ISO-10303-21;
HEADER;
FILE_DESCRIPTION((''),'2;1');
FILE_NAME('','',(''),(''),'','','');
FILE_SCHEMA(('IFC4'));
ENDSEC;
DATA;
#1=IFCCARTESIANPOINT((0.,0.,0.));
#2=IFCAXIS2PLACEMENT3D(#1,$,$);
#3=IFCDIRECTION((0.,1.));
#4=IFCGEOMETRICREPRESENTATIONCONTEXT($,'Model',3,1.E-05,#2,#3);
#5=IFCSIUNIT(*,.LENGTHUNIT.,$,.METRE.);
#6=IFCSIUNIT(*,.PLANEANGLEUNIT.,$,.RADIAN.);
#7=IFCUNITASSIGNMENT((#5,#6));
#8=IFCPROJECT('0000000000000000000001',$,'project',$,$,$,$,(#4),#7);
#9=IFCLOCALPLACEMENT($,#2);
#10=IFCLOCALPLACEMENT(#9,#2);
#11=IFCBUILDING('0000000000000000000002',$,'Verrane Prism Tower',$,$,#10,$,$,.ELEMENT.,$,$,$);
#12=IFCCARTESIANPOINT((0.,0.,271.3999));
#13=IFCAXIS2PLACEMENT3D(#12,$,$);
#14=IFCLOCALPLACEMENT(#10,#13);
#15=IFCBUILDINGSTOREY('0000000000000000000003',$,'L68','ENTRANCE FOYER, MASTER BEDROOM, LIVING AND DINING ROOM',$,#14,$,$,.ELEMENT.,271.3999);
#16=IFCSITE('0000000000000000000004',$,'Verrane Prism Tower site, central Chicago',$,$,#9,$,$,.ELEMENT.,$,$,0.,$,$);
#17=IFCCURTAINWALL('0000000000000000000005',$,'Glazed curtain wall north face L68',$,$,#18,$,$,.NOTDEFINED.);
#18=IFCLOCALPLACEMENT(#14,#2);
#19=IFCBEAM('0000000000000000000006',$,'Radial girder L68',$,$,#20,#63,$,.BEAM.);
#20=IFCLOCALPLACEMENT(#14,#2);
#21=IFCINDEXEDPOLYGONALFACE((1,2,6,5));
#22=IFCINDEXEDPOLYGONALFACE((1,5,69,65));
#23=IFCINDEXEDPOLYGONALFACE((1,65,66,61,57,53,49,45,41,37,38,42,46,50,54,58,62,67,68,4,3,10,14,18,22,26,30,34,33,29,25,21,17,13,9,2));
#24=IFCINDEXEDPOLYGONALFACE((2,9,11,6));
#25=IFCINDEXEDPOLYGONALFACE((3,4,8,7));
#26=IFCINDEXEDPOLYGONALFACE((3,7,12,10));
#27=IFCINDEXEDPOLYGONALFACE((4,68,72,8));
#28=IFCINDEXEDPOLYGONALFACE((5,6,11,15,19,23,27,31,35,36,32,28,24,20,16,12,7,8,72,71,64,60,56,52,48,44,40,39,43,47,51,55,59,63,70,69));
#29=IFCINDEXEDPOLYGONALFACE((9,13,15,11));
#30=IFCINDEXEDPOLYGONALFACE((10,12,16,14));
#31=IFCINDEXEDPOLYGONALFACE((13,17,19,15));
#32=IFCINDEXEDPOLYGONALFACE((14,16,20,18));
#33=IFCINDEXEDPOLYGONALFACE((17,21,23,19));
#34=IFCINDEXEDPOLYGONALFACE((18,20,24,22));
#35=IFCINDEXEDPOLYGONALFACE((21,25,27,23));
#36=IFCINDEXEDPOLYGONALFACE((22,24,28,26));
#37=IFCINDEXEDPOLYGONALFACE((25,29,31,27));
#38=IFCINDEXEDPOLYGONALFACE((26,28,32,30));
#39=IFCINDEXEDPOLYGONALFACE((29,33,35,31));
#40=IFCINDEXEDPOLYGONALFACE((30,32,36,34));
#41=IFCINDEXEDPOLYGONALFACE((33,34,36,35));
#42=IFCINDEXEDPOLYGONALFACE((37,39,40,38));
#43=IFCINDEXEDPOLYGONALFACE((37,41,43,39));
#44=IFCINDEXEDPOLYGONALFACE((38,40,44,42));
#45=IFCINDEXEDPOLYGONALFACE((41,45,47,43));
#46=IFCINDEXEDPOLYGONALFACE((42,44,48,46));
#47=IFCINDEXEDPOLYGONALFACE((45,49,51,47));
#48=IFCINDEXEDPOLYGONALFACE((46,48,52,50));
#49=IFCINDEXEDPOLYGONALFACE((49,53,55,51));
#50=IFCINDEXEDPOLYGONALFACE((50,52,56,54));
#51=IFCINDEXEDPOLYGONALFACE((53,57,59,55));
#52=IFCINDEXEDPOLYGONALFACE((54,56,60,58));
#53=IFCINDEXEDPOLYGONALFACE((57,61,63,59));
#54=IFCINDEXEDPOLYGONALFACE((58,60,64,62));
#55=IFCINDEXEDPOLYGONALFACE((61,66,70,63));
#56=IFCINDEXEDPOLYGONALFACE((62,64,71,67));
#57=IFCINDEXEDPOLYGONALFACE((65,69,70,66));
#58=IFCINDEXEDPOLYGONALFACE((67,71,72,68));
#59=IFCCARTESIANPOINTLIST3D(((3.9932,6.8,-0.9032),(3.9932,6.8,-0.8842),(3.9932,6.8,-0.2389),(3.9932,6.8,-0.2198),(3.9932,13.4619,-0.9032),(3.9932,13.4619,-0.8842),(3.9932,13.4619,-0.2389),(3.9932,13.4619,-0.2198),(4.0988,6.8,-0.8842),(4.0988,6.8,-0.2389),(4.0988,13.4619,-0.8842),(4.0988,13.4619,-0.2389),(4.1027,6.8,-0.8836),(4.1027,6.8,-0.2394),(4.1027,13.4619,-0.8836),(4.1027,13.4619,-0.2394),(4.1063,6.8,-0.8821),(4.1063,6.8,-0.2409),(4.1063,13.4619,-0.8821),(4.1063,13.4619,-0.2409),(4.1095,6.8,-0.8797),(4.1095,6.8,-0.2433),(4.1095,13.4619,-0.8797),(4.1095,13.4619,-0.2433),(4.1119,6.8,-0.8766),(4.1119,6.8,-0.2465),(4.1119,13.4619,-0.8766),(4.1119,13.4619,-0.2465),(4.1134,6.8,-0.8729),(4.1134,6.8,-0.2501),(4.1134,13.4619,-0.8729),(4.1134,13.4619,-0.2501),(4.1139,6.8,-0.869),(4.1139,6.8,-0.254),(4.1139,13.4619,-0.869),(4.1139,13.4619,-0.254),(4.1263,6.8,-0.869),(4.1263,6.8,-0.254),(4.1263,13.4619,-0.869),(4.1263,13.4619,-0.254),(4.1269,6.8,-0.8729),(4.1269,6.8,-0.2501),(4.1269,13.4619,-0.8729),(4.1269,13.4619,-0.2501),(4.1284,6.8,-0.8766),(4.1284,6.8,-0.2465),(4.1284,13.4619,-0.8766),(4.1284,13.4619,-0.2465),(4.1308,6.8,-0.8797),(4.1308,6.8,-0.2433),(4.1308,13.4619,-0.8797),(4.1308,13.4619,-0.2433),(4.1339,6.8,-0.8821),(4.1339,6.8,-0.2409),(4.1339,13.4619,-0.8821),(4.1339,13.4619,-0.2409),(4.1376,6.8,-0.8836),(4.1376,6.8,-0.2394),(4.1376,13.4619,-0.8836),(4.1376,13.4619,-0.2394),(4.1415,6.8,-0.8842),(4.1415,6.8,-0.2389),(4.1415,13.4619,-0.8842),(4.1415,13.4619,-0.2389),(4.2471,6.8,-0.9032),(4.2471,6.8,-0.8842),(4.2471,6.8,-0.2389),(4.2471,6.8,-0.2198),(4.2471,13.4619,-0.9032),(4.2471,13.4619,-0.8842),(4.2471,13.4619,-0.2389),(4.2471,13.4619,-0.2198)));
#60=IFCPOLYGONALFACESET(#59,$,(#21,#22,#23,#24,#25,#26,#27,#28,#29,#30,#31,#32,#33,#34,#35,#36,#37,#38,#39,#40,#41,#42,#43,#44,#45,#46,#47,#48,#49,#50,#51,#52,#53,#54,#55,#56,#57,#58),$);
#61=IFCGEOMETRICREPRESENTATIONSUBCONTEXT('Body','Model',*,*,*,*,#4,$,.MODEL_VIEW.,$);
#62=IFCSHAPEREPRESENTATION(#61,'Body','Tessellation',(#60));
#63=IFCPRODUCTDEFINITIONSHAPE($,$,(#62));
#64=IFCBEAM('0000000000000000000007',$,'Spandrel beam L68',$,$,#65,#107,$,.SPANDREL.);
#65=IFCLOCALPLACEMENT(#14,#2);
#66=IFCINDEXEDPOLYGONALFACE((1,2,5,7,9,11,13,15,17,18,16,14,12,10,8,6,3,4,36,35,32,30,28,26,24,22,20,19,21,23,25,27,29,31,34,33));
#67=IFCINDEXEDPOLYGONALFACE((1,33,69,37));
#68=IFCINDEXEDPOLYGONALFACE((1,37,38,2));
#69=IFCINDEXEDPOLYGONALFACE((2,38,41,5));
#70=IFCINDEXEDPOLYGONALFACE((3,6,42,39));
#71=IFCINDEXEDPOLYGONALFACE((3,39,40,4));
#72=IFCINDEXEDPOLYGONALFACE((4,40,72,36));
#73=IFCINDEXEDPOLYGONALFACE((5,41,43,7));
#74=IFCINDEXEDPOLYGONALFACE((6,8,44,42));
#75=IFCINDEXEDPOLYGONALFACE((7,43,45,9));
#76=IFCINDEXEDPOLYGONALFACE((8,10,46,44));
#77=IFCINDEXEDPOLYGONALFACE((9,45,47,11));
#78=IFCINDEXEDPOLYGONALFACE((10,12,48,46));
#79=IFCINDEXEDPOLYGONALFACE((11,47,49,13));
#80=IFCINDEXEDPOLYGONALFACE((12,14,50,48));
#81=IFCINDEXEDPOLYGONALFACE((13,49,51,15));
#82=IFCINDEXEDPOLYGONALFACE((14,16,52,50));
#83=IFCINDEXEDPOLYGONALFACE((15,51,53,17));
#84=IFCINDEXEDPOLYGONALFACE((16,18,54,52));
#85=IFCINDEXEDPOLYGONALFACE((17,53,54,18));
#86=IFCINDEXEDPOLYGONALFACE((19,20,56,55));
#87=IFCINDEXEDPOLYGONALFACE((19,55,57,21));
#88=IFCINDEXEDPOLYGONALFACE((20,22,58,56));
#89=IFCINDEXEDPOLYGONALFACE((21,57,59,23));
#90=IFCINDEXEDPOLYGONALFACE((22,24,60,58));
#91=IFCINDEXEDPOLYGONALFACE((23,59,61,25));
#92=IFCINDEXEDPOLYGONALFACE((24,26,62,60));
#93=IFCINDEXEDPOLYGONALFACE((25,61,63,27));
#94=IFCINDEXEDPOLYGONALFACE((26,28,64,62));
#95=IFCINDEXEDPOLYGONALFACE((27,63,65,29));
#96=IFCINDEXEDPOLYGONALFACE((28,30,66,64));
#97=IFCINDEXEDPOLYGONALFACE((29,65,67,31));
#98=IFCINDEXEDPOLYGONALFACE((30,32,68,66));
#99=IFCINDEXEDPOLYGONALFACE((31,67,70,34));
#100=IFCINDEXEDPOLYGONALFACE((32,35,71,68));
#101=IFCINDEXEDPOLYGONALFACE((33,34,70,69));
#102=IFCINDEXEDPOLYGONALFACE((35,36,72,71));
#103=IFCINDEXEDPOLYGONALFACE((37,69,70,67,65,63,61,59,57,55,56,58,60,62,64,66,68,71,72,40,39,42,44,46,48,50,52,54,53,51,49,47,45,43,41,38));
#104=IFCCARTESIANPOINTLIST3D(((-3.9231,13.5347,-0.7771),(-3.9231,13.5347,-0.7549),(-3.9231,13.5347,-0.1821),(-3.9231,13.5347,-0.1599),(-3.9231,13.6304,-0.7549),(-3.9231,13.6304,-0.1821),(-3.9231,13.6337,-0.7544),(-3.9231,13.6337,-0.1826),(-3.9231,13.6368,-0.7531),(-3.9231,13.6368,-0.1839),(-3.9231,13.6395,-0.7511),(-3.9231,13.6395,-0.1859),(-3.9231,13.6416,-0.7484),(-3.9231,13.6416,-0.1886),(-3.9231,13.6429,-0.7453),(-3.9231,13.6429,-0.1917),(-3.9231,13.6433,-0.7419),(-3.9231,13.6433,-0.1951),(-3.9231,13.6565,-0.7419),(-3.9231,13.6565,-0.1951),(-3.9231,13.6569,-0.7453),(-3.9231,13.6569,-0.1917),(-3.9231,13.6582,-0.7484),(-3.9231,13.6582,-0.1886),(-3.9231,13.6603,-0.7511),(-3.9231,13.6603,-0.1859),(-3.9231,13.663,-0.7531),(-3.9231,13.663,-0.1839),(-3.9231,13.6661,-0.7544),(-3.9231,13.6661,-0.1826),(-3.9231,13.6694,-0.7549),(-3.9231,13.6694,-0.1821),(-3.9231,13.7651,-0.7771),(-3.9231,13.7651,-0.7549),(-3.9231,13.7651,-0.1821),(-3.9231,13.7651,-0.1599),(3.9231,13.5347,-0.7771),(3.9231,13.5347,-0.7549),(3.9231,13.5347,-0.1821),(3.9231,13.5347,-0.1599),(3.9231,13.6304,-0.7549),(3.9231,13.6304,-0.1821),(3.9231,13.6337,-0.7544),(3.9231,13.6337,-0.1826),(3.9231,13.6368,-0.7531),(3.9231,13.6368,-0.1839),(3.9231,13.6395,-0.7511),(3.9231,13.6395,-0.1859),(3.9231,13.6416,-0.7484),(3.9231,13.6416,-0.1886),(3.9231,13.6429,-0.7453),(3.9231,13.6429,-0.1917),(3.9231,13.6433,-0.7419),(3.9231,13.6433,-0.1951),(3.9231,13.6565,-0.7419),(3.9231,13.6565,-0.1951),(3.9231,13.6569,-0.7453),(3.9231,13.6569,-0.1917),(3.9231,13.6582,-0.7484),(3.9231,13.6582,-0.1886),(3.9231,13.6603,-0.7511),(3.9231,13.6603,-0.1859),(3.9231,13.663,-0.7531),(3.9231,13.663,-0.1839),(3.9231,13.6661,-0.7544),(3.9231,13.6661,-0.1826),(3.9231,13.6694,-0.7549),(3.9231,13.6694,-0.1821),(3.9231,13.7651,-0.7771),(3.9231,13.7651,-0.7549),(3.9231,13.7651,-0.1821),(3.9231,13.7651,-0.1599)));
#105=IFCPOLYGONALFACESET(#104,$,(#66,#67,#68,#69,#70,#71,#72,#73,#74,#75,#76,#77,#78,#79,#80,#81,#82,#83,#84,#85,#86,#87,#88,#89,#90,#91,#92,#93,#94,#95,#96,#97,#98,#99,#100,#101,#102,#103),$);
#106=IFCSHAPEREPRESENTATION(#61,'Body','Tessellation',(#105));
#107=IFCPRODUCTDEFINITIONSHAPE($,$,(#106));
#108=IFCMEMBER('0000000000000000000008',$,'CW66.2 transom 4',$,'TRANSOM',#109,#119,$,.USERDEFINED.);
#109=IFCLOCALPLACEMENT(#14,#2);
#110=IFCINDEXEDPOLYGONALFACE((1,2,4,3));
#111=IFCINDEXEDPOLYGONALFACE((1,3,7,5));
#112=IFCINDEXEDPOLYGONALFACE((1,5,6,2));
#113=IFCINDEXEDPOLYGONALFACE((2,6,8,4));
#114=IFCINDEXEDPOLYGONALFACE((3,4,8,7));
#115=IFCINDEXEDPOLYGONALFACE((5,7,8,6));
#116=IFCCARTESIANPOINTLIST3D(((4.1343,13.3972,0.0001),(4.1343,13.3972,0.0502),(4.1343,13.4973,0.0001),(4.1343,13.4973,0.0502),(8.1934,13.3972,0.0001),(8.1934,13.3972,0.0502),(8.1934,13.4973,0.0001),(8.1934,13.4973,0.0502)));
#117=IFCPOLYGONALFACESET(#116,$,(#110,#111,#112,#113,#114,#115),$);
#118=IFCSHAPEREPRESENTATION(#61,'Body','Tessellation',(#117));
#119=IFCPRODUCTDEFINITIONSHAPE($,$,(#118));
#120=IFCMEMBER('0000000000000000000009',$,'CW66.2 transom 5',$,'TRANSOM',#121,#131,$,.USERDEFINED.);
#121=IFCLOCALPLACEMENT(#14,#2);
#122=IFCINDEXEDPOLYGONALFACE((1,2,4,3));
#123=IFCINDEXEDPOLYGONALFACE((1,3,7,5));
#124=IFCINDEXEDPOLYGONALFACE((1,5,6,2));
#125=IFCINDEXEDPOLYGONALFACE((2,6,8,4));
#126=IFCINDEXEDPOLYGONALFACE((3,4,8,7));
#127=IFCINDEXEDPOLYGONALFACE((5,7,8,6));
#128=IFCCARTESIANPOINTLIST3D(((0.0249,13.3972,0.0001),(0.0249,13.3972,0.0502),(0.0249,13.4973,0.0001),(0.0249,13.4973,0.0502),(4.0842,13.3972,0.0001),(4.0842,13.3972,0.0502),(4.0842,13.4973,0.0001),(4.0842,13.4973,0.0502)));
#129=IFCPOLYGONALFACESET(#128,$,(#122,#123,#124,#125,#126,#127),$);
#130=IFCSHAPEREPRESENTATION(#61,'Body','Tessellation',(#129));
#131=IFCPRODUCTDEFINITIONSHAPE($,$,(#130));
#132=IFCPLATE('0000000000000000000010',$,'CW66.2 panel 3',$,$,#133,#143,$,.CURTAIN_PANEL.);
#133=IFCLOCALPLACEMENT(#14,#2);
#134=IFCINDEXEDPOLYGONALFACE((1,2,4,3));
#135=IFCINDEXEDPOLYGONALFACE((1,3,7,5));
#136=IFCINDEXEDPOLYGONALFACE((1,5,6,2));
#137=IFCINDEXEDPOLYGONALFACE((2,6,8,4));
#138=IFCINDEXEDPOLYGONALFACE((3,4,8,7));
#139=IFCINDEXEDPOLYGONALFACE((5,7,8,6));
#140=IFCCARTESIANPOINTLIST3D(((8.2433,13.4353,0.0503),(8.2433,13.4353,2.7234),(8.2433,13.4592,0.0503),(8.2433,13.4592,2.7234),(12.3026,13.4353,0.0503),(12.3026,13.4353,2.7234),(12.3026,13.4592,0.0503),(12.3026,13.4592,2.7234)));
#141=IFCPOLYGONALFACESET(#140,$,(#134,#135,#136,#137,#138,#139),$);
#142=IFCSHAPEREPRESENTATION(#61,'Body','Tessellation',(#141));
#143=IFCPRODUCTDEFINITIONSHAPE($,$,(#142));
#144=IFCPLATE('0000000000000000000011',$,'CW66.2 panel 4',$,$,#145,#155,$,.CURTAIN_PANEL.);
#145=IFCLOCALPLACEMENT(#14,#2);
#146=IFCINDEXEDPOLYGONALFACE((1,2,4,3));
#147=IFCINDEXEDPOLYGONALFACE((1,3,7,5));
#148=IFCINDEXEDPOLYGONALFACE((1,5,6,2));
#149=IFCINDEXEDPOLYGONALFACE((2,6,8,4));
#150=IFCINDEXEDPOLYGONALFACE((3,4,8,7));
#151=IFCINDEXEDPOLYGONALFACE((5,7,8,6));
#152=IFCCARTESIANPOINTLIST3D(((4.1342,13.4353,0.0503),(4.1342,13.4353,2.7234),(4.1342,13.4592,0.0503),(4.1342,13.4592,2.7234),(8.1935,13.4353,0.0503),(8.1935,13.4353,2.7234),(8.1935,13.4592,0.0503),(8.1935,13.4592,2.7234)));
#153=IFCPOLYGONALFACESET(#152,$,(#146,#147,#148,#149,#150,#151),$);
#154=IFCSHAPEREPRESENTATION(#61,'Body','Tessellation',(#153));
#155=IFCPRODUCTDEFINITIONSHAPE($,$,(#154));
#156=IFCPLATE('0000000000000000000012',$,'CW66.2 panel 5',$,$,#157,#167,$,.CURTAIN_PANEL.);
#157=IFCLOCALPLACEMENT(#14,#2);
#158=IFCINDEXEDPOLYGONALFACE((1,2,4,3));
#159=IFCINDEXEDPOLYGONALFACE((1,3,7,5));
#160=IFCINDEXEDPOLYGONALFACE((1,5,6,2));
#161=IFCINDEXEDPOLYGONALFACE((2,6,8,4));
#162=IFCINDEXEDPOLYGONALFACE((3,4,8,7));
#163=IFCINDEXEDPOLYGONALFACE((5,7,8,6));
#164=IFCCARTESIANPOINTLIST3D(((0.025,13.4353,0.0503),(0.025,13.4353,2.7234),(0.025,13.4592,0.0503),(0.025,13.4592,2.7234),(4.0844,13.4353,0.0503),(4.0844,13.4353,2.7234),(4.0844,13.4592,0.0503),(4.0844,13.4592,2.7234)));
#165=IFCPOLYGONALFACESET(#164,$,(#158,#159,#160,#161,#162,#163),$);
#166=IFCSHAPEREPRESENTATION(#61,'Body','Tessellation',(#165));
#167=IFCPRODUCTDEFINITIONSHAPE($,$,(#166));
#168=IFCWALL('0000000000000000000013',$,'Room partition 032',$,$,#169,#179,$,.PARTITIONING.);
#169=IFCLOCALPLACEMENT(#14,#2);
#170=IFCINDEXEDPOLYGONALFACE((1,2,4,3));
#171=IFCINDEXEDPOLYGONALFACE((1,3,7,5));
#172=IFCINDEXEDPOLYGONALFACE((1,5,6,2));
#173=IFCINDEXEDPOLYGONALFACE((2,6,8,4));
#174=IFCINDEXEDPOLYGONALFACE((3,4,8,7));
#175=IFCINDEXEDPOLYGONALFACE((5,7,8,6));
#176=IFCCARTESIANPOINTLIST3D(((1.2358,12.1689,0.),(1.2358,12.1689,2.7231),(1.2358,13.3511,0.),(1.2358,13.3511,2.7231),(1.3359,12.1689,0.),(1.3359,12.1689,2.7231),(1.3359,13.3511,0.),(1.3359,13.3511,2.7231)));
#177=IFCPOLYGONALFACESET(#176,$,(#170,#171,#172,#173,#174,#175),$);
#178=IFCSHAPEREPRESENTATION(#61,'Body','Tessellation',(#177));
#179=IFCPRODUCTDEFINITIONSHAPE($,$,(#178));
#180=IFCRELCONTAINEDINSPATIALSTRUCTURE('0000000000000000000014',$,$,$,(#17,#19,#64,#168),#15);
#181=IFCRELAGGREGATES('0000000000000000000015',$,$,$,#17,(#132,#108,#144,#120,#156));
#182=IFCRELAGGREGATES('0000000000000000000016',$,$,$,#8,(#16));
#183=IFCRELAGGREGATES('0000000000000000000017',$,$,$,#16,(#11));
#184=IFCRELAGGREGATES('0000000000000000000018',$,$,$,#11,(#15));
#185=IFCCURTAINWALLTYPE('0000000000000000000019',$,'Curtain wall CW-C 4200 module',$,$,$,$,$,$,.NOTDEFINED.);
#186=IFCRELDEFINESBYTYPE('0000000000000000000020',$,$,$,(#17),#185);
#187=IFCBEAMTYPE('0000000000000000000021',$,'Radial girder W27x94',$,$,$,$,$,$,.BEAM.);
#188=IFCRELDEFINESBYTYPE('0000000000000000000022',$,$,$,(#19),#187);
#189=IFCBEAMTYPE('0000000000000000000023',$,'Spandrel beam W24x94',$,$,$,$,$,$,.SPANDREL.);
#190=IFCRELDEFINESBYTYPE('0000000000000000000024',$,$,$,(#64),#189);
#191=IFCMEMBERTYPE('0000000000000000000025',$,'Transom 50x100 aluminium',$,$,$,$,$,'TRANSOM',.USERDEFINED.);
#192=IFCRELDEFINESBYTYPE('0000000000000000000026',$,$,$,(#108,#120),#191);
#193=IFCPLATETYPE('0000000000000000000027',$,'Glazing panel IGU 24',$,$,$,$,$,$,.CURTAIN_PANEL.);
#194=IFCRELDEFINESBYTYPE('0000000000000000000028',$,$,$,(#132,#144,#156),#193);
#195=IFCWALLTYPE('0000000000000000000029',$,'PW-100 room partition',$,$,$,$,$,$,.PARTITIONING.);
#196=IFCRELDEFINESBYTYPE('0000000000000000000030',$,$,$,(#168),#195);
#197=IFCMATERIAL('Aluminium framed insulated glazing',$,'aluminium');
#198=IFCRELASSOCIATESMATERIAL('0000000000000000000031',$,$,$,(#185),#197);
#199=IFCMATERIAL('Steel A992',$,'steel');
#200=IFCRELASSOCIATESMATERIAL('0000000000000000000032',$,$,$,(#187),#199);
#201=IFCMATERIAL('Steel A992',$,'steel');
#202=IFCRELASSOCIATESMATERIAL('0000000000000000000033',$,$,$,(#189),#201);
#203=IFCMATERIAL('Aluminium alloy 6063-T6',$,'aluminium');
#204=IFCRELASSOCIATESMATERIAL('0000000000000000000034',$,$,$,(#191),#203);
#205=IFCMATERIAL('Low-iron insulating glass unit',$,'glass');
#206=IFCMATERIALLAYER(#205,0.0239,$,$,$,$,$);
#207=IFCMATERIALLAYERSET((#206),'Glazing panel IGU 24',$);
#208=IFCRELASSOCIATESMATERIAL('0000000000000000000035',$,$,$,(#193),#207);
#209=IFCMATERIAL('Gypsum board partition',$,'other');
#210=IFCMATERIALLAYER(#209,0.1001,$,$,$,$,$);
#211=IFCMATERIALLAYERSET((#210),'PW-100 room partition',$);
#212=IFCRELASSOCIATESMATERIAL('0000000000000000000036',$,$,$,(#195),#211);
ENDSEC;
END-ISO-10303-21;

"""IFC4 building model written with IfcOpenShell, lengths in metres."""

from ifc_helpers import new_model, si_unit, direction, frame, frame_2d, origin, origin_2d, place, context, subcontext, project, spatial, rectangle, i_section, extrude, material, layer, layer_set, material_profile, profile_set, type_object, element, aggregate, save


model = new_model("IFC4")

# Units and contexts
model_context = context("Model", 3, precision=1e-05, world=origin(), true_north=direction((0.0, 1.0)))
body_context = subcontext(model_context, "Body", "Model", "MODEL_VIEW")
ifc_project = project(units=[si_unit("LENGTHUNIT", "METRE"), si_unit("PLANEANGLEUNIT", "RADIAN")], contexts=[model_context])

# Site, building, storey
site_placement = place(None, origin())
site = spatial("IfcSite", under=ifc_project, at=site_placement, Name="Verrane Prism Tower site, central Chicago", CompositionType="ELEMENT", RefElevation=0.0)
building_placement = place(site_placement, origin())
building = spatial("IfcBuilding", under=site, at=building_placement, Name="Verrane Prism Tower", CompositionType="ELEMENT")
storey_placement = place(building_placement, frame((0.0, 0.0, 271.3999)))
storey = spatial("IfcBuildingStorey", under=building, at=storey_placement, Name="L68", Description="ENTRANCE FOYER, MASTER BEDROOM, LIVING AND DINING ROOM", CompositionType="ELEMENT", Elevation=271.3999)

# Curtain wall
ifc_material_1 = material(Name="Aluminium framed insulated glazing", Category="aluminium")
curtain_wall_type = type_object("IfcCurtainWallType", Name="Curtain wall CW-C 4200 module", PredefinedType="NOTDEFINED", material=ifc_material_1)
curtain_wall_placement = place(storey_placement, origin())
curtain_wall = element("IfcCurtainWall", 1, at=curtain_wall_placement, inside=storey, type_object=curtain_wall_type, Name="Glazed curtain wall north face L68", PredefinedType="NOTDEFINED")

# Beams
ifc_material_2 = material(Name="Steel A992", Category="steel")
ifc_material_profile_1 = material_profile(ifc_material_2, i_section(OverallWidth=0.2539, OverallDepth=0.6833, WebThickness=0.0125, FlangeThickness=0.019, FilletRadius=0.0151, at=origin_2d()), Name="W27x94")
ifc_profile_set_1 = profile_set([ifc_material_profile_1], Name="Steel A992")
beam_type_1 = type_object("IfcBeamType", Name="Radial girder W27x94", PredefinedType="BEAM", material=ifc_profile_set_1)
beam_1_placement = place(storey_placement, frame((4.1201, 13.4619, -0.5615), z_axis=(0.0, -1.0, 0.0), x_axis=(1.0, 0.0, 0.0)))
element("IfcBeam", 2, at=beam_1_placement, inside=storey, type_object=beam_type_1, Name="Radial girder L68", PredefinedType="BEAM", context=body_context, shape_type="SweptSolid", body=[
    extrude(i_section(OverallWidth=0.2539, OverallDepth=0.6833, WebThickness=0.0125, FlangeThickness=0.019, FilletRadius=0.0151, at=origin_2d()), origin(), (0.0, 0.0, 1.0), 6.6619),
])
ifc_material_3 = material(Name="Steel A992", Category="steel")
ifc_material_profile_2 = material_profile(ifc_material_3, i_section(OverallWidth=0.2305, OverallDepth=0.6172, WebThickness=0.0132, FlangeThickness=0.0222, FilletRadius=0.0129, at=origin_2d()), Name="W24x94")
ifc_profile_set_2 = profile_set([ifc_material_profile_2], Name="Steel A992")
beam_type_2 = type_object("IfcBeamType", Name="Spandrel beam W24x94", PredefinedType="SPANDREL", material=ifc_profile_set_2)
beam_2_placement = place(storey_placement, frame((3.9231, 13.6499, -0.4685), z_axis=(-1.0, 0.0, 0.0), x_axis=(0.0, -1.0, 0.0)))
element("IfcBeam", 3, at=beam_2_placement, inside=storey, type_object=beam_type_2, Name="Spandrel beam L68", PredefinedType="SPANDREL", context=body_context, shape_type="SweptSolid", body=[
    extrude(i_section(OverallWidth=0.2305, OverallDepth=0.6172, WebThickness=0.0132, FlangeThickness=0.0222, FilletRadius=0.0129, at=origin_2d()), origin(), (0.0, 0.0, 1.0), 7.8462),
])

# Members
ifc_material_4 = material(Name="Aluminium alloy 6063-T6", Category="aluminium")
ifc_material_profile_3 = material_profile(ifc_material_4, rectangle(XDim=0.1001, YDim=0.05, at=origin_2d()), Name="Transom 50x100 aluminium")
ifc_profile_set_3 = profile_set([ifc_material_profile_3], Name="Aluminium alloy 6063-T6")
member_type_1 = type_object("IfcMemberType", Name="Transom 50x100 aluminium", ElementType="TRANSOM", PredefinedType="USERDEFINED", material=ifc_profile_set_3)
member_1_placement = place(storey_placement, frame((8.1934, 13.4473, 0.0251), z_axis=(-1.0, 0.0, 0.0), x_axis=(0.0, -1.0, 0.0)))
member_1 = element("IfcMember", 4, at=member_1_placement, type_object=member_type_1, Name="CW66.2 transom 4", ObjectType="TRANSOM", PredefinedType="USERDEFINED", context=body_context, shape_type="SweptSolid", body=[
    extrude(rectangle(XDim=0.1001, YDim=0.05, at=origin_2d()), origin(), (0.0, 0.0, 1.0), 4.0591),
])
member_2_placement = place(storey_placement, frame((4.0842, 13.4473, 0.0251), z_axis=(-1.0, 0.0, 0.0), x_axis=(0.0, -1.0, 0.0)))
member_2 = element("IfcMember", 5, at=member_2_placement, type_object=member_type_1, Name="CW66.2 transom 5", ObjectType="TRANSOM", PredefinedType="USERDEFINED", context=body_context, shape_type="SweptSolid", body=[
    extrude(rectangle(XDim=0.1001, YDim=0.05, at=origin_2d()), origin(), (0.0, 0.0, 1.0), 4.0593),
])

# Plates
ifc_material_5 = material(Name="Low-iron insulating glass unit", Category="glass")
ifc_layer_1 = layer(ifc_material_5, 0.0239)
ifc_layer_set_1 = layer_set([ifc_layer_1], Name="Glazing panel IGU 24")
plate_type = type_object("IfcPlateType", Name="Glazing panel IGU 24", PredefinedType="CURTAIN_PANEL", material=ifc_layer_set_1)
plate_1_placement = place(storey_placement, frame((10.2729, 13.4473, 0.0503), z_axis=(0.0, 0.0, 1.0), x_axis=(-1.0, 0.0, 0.0)))
plate_1 = element("IfcPlate", 6, at=plate_1_placement, type_object=plate_type, Name="CW66.2 panel 3", PredefinedType="CURTAIN_PANEL", context=body_context, shape_type="SweptSolid", body=[
    extrude(rectangle(XDim=4.0593, YDim=0.0239, at=origin_2d()), origin(), (0.0, 0.0, 1.0), 2.6731),
])
plate_2_placement = place(storey_placement, frame((6.1638, 13.4473, 0.0503), z_axis=(0.0, 0.0, 1.0), x_axis=(-1.0, 0.0, 0.0)))
plate_2 = element("IfcPlate", 7, at=plate_2_placement, type_object=plate_type, Name="CW66.2 panel 4", PredefinedType="CURTAIN_PANEL", context=body_context, shape_type="SweptSolid", body=[
    extrude(rectangle(XDim=4.0593, YDim=0.0239, at=origin_2d()), origin(), (0.0, 0.0, 1.0), 2.6731),
])
plate_3_placement = place(storey_placement, frame((2.0547, 13.4473, 0.0503), z_axis=(0.0, 0.0, 1.0), x_axis=(-1.0, 0.0, 0.0)))
plate_3 = element("IfcPlate", 8, at=plate_3_placement, type_object=plate_type, Name="CW66.2 panel 5", PredefinedType="CURTAIN_PANEL", context=body_context, shape_type="SweptSolid", body=[
    extrude(rectangle(XDim=4.0593, YDim=0.0239, at=origin_2d()), origin(), (0.0, 0.0, 1.0), 2.6731),
])
aggregate(curtain_wall, [plate_1, member_1, plate_2, member_2, plate_3])

# Wall
ifc_material_6 = material(Name="Gypsum board partition", Category="other")
ifc_layer_2 = layer(ifc_material_6, 0.1001)
ifc_layer_set_2 = layer_set([ifc_layer_2], Name="PW-100 room partition")
wall_type_1 = type_object("IfcWallType", Name="PW-100 room partition", PredefinedType="PARTITIONING", material=ifc_layer_set_2)
wall_1_placement = place(storey_placement, frame((1.2859, 12.1689, 0.0), z_axis=(0.0, 0.0, 1.0), x_axis=(0.0, 1.0, 0.0)))
element("IfcWall", 9, at=wall_1_placement, inside=storey, type_object=wall_type_1, Name="Room partition 032", PredefinedType="PARTITIONING", context=body_context, shape_type="SweptSolid", body=[
    extrude(rectangle(XDim=1.1821, YDim=0.1001, at=frame_2d((0.5911, 0.0))), origin(), (0.0, 0.0, 1.0), 2.7231),
])

save(model, "model.ifc")
